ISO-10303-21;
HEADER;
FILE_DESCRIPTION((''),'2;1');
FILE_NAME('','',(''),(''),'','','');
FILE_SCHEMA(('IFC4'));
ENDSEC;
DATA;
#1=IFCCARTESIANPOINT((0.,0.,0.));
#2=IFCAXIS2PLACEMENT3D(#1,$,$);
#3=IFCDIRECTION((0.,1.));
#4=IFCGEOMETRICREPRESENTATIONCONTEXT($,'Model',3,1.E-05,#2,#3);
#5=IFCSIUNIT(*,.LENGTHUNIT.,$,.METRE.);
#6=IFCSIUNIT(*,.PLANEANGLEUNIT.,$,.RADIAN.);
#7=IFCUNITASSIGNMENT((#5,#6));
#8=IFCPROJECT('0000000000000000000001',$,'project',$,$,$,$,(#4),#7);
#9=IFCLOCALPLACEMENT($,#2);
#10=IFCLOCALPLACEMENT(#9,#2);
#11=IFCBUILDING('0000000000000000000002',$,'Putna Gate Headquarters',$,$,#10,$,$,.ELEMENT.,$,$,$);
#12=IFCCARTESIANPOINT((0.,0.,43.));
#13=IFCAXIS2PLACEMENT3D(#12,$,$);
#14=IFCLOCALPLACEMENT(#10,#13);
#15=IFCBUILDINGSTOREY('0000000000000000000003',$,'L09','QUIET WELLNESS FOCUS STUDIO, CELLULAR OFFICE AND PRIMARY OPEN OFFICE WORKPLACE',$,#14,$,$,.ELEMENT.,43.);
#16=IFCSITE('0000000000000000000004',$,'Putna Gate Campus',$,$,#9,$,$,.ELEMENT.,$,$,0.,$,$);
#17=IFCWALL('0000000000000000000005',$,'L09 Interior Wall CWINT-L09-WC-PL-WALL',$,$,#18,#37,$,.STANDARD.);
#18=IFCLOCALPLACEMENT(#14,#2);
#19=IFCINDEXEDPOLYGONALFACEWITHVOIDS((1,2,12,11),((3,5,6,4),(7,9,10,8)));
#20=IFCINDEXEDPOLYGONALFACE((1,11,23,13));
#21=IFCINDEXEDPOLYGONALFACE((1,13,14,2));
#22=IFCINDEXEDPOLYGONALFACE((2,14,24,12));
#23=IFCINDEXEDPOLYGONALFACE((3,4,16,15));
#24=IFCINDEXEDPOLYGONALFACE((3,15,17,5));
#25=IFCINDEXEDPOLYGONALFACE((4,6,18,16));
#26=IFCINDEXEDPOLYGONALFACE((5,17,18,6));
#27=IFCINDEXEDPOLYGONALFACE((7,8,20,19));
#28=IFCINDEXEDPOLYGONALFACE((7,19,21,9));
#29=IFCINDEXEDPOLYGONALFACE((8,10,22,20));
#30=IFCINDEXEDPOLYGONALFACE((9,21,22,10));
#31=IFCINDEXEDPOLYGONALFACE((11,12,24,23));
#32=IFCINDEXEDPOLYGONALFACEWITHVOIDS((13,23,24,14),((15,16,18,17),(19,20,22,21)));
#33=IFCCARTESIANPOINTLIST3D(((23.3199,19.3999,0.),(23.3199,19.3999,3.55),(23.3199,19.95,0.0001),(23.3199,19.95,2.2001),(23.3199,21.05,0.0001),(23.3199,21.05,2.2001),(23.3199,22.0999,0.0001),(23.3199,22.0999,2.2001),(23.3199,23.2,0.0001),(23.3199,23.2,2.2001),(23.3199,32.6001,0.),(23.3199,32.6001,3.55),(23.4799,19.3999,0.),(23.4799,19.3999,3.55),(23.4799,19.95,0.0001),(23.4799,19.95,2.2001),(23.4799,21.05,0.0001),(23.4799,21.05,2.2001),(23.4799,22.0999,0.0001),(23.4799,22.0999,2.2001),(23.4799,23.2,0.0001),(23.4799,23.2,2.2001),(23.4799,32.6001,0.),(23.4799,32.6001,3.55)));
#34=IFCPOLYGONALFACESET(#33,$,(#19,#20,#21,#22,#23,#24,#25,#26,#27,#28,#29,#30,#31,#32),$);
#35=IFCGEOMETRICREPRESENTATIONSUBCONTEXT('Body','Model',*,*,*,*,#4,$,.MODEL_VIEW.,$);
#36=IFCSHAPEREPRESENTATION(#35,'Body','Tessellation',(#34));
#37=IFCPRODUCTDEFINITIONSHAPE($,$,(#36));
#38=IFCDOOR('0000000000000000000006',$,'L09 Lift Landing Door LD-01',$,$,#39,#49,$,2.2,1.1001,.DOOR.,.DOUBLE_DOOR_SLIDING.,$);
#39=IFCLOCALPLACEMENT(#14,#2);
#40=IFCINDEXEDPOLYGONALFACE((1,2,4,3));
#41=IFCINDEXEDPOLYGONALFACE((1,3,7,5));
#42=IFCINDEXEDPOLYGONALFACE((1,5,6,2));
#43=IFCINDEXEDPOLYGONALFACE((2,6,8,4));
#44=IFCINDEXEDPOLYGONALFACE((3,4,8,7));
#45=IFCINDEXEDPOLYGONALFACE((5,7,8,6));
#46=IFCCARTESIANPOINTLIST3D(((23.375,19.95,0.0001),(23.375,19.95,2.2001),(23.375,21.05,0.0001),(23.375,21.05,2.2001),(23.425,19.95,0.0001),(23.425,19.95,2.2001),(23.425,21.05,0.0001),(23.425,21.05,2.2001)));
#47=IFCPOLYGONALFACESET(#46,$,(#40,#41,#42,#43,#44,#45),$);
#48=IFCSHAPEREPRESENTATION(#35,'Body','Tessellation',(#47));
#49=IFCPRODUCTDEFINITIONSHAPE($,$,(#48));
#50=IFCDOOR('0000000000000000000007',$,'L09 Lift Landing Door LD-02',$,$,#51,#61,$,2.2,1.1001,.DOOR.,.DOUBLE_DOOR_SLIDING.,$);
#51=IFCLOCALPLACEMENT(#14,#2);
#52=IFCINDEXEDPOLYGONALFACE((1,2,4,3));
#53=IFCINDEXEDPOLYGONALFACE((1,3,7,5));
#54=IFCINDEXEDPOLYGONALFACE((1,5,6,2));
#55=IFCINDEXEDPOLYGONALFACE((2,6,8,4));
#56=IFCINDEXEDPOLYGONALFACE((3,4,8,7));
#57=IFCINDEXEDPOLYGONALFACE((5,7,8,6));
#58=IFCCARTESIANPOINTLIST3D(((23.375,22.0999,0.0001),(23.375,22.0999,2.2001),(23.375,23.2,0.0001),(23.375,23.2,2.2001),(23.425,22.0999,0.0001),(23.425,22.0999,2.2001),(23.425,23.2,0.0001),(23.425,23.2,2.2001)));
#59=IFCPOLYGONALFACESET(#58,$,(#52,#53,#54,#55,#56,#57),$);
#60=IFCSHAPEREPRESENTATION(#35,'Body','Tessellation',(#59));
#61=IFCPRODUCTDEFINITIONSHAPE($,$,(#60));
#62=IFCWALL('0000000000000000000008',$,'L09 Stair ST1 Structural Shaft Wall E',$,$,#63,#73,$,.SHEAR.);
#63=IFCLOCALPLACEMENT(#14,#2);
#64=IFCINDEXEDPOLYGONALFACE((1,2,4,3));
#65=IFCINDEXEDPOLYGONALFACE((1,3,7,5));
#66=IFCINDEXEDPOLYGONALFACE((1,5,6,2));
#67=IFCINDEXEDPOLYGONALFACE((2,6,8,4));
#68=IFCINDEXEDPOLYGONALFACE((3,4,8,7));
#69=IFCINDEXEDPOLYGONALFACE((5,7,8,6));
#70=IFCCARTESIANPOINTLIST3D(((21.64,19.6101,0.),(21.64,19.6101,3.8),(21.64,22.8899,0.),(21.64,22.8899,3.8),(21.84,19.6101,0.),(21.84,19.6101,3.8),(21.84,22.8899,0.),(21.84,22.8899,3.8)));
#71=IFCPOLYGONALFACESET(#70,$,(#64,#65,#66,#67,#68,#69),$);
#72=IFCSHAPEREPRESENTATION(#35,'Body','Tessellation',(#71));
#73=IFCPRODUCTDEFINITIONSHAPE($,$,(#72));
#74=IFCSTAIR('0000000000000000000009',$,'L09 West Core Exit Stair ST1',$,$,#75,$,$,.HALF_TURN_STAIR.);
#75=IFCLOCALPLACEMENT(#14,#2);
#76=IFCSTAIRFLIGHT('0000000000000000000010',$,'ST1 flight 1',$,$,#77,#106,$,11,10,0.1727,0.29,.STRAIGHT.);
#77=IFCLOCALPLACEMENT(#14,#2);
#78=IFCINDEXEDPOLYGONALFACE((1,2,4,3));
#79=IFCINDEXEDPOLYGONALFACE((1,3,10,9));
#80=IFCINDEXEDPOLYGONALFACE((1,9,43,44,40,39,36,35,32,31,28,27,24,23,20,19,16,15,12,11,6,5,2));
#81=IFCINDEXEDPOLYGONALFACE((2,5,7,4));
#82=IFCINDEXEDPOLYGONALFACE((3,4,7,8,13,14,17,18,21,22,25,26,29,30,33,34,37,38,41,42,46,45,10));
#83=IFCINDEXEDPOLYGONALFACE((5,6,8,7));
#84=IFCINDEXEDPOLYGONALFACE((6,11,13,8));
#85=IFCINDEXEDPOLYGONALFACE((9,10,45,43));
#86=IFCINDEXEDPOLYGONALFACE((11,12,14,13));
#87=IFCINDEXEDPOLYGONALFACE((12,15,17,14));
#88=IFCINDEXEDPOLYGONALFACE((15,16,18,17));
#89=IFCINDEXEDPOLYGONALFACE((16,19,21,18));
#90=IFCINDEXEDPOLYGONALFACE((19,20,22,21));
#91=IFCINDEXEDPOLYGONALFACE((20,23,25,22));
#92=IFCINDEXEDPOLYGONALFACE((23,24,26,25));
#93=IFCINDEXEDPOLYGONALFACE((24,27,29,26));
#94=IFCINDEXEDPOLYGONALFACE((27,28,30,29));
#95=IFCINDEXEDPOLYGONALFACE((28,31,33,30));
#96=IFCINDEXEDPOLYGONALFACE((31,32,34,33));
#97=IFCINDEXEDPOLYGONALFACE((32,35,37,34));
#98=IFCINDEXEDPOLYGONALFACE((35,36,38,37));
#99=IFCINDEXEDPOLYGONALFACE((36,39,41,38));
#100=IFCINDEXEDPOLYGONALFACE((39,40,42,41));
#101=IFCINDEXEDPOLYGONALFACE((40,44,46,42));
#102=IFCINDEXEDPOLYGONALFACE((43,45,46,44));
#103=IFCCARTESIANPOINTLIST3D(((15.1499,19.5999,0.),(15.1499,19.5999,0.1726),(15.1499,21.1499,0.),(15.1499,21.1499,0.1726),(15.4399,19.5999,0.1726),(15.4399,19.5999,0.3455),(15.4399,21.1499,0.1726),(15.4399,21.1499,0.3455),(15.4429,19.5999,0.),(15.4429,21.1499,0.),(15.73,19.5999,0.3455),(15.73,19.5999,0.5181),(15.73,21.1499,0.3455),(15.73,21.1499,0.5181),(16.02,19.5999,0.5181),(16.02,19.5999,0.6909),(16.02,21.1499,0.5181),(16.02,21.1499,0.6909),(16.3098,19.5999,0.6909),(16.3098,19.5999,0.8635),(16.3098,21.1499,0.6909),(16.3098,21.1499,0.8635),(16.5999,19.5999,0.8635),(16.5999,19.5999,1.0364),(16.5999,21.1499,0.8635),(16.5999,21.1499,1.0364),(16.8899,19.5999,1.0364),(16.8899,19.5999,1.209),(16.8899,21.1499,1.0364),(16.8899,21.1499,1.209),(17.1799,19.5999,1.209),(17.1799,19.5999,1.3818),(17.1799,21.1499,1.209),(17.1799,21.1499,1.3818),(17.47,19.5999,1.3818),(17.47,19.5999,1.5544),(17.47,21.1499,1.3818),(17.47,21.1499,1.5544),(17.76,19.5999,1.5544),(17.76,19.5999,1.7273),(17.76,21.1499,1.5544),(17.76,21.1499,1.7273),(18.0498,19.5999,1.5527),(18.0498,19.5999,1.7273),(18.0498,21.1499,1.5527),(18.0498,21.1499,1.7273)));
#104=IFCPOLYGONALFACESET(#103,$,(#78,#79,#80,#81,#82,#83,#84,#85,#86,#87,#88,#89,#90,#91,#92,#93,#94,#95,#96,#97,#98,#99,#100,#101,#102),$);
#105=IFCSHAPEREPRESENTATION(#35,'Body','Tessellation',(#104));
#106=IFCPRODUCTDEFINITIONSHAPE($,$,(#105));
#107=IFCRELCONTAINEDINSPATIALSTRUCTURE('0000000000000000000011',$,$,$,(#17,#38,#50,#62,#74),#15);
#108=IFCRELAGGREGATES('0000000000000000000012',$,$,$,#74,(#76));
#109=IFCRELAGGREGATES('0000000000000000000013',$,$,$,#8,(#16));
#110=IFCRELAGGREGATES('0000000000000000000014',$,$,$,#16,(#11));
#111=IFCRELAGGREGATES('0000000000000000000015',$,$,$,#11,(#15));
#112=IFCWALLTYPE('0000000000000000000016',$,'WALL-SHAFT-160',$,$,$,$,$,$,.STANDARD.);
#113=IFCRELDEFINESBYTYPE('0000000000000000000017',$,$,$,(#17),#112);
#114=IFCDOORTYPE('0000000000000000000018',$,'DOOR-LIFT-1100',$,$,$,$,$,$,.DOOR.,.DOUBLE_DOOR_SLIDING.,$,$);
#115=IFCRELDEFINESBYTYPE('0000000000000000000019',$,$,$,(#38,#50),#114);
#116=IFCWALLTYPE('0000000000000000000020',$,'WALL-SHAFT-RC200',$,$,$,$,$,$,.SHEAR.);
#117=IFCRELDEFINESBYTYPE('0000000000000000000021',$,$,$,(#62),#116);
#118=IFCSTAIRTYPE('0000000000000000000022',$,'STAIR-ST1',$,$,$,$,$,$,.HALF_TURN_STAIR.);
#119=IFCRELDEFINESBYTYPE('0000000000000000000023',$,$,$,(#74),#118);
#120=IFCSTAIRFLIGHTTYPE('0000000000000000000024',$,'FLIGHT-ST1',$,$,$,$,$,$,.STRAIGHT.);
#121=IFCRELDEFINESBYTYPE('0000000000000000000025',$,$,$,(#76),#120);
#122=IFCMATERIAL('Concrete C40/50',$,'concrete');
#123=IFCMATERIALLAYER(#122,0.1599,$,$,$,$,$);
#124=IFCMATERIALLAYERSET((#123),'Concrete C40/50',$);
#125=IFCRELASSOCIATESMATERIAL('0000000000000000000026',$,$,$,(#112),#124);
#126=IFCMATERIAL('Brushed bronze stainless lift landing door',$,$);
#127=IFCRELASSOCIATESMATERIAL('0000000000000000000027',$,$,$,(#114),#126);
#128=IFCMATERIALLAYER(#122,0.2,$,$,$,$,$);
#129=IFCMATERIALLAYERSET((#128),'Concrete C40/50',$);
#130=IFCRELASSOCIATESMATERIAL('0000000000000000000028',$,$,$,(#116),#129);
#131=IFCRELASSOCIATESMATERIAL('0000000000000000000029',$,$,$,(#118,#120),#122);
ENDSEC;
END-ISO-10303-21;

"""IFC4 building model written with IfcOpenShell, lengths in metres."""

from ifc_helpers import new_model, si_unit, direction, frame, frame_2d, origin, place, context, subcontext, project, spatial, polyline, rectangle, outline, extrude, material, layer, layer_set, type_object, element, fill, aggregate, save


model = new_model("IFC4")

# Units and contexts
model_context = context("Model", 3, precision=1e-05, world=origin(), true_north=direction((0.0, 1.0)))
body_context = subcontext(model_context, "Body", "Model", "MODEL_VIEW")
ifc_project = project(units=[si_unit("LENGTHUNIT", "METRE"), si_unit("PLANEANGLEUNIT", "RADIAN")], contexts=[model_context])

# Site, building, storey
site_placement = place(None, origin())
site = spatial("IfcSite", under=ifc_project, at=site_placement, Name="Putna Gate Campus", CompositionType="ELEMENT", RefElevation=0.0)
building_placement = place(site_placement, origin())
building = spatial("IfcBuilding", under=site, at=building_placement, Name="Putna Gate Headquarters", CompositionType="ELEMENT")
storey_placement = place(building_placement, frame((0.0, 0.0, 43.0)))
storey = spatial("IfcBuildingStorey", under=building, at=storey_placement, Name="L09", Description="QUIET WELLNESS FOCUS STUDIO, CELLULAR OFFICE AND PRIMARY OPEN OFFICE WORKPLACE", CompositionType="ELEMENT", Elevation=43.0)

# Wall, openings, doors
ifc_material_1 = material(Name="Concrete C40/50", Category="concrete")
ifc_layer_1 = layer(ifc_material_1, 0.1599)
ifc_layer_set_1 = layer_set([ifc_layer_1], Name="Concrete C40/50")
wall_type_1 = type_object("IfcWallType", Name="WALL-SHAFT-160", PredefinedType="STANDARD", material=ifc_layer_set_1)
wall_1_placement = place(storey_placement, frame((23.3999, 19.3999, 0.0), z_axis=(0.0, 0.0, 1.0), x_axis=(0.0, 1.0, 0.0)))
wall_1 = element("IfcWall", 1, at=wall_1_placement, inside=storey, type_object=wall_type_1, Name="L09 Interior Wall CWINT-L09-WC-PL-WALL", PredefinedType="STANDARD", context=body_context, shape_type="SweptSolid", body=[
    extrude(rectangle(XDim=13.2002, YDim=0.1599, at=frame_2d((6.6001, 0.0))), origin(), (0.0, 0.0, 1.0), 3.55),
])
opening_1_placement = place(wall_1_placement, frame((0.55, 0.0, 0.0)))
opening_1 = element("IfcOpeningElement", 2, at=opening_1_placement, cuts=wall_1, PredefinedType="OPENING", context=body_context, shape_type="SweptSolid", body=[
    extrude(rectangle(XDim=1.1001, YDim=2.2, at=frame_2d((0.55, 1.1001))), frame((0.0, 0.0898, 0.0), z_axis=(0.0, -1.0, 0.0), x_axis=(1.0, 0.0, 0.0)), (0.0, 0.0, 1.0), 0.1799),
])
opening_2_placement = place(wall_1_placement, frame((2.7, 0.0, 0.0)))
opening_2 = element("IfcOpeningElement", 3, at=opening_2_placement, cuts=wall_1, PredefinedType="OPENING", context=body_context, shape_type="SweptSolid", body=[
    extrude(rectangle(XDim=1.1001, YDim=2.2, at=frame_2d((0.55, 1.1001))), frame((0.0, 0.0898, 0.0), z_axis=(0.0, -1.0, 0.0), x_axis=(1.0, 0.0, 0.0)), (0.0, 0.0, 1.0), 0.1799),
])
ifc_material_2 = material(Name="Brushed bronze stainless lift landing door")
door_type_1 = type_object("IfcDoorType", Name="DOOR-LIFT-1100", OperationType="DOUBLE_DOOR_SLIDING", PredefinedType="DOOR", material=ifc_material_2)
door_1_placement = place(opening_1_placement, origin())
door_1 = element("IfcDoor", 4, at=door_1_placement, inside=storey, type_object=door_type_1, Name="L09 Lift Landing Door LD-01", OperationType="DOUBLE_DOOR_SLIDING", OverallHeight=2.2, OverallWidth=1.1001, PredefinedType="DOOR", context=body_context, shape_type="SweptSolid", body=[
    extrude(rectangle(XDim=1.1001, YDim=2.2, at=frame_2d((0.55, 1.1001))), frame((0.0, 0.0249, 0.0), z_axis=(0.0, -1.0, 0.0), x_axis=(1.0, 0.0, 0.0)), (0.0, 0.0, 1.0), 0.05),
])
fill(opening_1, door_1)
door_2_placement = place(opening_2_placement, origin())
door_2 = element("IfcDoor", 5, at=door_2_placement, inside=storey, type_object=door_type_1, Name="L09 Lift Landing Door LD-02", OperationType="DOUBLE_DOOR_SLIDING", OverallHeight=2.2, OverallWidth=1.1001, PredefinedType="DOOR", context=body_context, shape_type="SweptSolid", body=[
    extrude(rectangle(XDim=1.1001, YDim=2.2, at=frame_2d((0.55, 1.1001))), frame((0.0, 0.0249, 0.0), z_axis=(0.0, -1.0, 0.0), x_axis=(1.0, 0.0, 0.0)), (0.0, 0.0, 1.0), 0.05),
])
fill(opening_2, door_2)

# Wall
ifc_layer_2 = layer(ifc_material_1, 0.2)
ifc_layer_set_2 = layer_set([ifc_layer_2], Name="Concrete C40/50")
wall_type_2 = type_object("IfcWallType", Name="WALL-SHAFT-RC200", PredefinedType="SHEAR", material=ifc_layer_set_2)
wall_2_placement = place(storey_placement, frame((21.74, 19.6101, 0.0), z_axis=(0.0, 0.0, 1.0), x_axis=(0.0, 1.0, 0.0)))
element("IfcWall", 6, at=wall_2_placement, inside=storey, type_object=wall_type_2, Name="L09 Stair ST1 Structural Shaft Wall E", PredefinedType="SHEAR", context=body_context, shape_type="SweptSolid", body=[
    extrude(rectangle(XDim=3.2798, YDim=0.2, at=frame_2d((1.6399, 0.0))), origin(), (0.0, 0.0, 1.0), 3.8),
])

# Stair, stair flight
stair_type = type_object("IfcStairType", Name="STAIR-ST1", PredefinedType="HALF_TURN_STAIR", material=ifc_material_1)
stair_placement = place(storey_placement, origin())
stair = element("IfcStair", 7, at=stair_placement, inside=storey, type_object=stair_type, Name="L09 West Core Exit Stair ST1", PredefinedType="HALF_TURN_STAIR")
stair_flight_type = type_object("IfcStairFlightType", Name="FLIGHT-ST1", PredefinedType="STRAIGHT", material=ifc_material_1)
stair_flight_placement = place(storey_placement, frame((15.1499, 20.375, 0.0), z_axis=(0.0, 0.0, 1.0), x_axis=(1.0, 0.0, 0.0)))
stair_flight = element("IfcStairFlight", 8, at=stair_flight_placement, type_object=stair_flight_type, Name="ST1 flight 1", NumberOfRisers=11, NumberOfTreads=10, PredefinedType="STRAIGHT", RiserHeight=0.1727, TreadLength=0.29, context=body_context, shape_type="SweptSolid", body=[
    extrude(outline(polyline([(0.0, 0.0), (0.0, 0.1726), (0.29, 0.1726), (0.29, 0.3455), (0.5801, 0.3455), (0.5801, 0.5181), (0.8701, 0.5181), (0.8701, 0.6909), (1.1599, 0.6909), (1.1599, 0.8635), (1.45, 0.8635), (1.45, 1.0364), (1.74, 1.0364), (1.74, 1.209), (2.03, 1.209), (2.03, 1.3818), (2.3201, 1.3818), (2.3201, 1.5544), (2.6101, 1.5544), (2.6101, 1.7273), (2.8999, 1.7273), (2.8999, 1.8999), (2.8999, 1.5527), (0.293, 0.0), (0.0, 0.0)])), frame((0.0, 0.7749, 0.0), z_axis=(0.0, -1.0, 0.0), x_axis=(1.0, 0.0, 0.0)), (0.0, 0.0, 1.0), 1.55),
])
aggregate(stair, [stair_flight])

save(model, "model.ifc")
